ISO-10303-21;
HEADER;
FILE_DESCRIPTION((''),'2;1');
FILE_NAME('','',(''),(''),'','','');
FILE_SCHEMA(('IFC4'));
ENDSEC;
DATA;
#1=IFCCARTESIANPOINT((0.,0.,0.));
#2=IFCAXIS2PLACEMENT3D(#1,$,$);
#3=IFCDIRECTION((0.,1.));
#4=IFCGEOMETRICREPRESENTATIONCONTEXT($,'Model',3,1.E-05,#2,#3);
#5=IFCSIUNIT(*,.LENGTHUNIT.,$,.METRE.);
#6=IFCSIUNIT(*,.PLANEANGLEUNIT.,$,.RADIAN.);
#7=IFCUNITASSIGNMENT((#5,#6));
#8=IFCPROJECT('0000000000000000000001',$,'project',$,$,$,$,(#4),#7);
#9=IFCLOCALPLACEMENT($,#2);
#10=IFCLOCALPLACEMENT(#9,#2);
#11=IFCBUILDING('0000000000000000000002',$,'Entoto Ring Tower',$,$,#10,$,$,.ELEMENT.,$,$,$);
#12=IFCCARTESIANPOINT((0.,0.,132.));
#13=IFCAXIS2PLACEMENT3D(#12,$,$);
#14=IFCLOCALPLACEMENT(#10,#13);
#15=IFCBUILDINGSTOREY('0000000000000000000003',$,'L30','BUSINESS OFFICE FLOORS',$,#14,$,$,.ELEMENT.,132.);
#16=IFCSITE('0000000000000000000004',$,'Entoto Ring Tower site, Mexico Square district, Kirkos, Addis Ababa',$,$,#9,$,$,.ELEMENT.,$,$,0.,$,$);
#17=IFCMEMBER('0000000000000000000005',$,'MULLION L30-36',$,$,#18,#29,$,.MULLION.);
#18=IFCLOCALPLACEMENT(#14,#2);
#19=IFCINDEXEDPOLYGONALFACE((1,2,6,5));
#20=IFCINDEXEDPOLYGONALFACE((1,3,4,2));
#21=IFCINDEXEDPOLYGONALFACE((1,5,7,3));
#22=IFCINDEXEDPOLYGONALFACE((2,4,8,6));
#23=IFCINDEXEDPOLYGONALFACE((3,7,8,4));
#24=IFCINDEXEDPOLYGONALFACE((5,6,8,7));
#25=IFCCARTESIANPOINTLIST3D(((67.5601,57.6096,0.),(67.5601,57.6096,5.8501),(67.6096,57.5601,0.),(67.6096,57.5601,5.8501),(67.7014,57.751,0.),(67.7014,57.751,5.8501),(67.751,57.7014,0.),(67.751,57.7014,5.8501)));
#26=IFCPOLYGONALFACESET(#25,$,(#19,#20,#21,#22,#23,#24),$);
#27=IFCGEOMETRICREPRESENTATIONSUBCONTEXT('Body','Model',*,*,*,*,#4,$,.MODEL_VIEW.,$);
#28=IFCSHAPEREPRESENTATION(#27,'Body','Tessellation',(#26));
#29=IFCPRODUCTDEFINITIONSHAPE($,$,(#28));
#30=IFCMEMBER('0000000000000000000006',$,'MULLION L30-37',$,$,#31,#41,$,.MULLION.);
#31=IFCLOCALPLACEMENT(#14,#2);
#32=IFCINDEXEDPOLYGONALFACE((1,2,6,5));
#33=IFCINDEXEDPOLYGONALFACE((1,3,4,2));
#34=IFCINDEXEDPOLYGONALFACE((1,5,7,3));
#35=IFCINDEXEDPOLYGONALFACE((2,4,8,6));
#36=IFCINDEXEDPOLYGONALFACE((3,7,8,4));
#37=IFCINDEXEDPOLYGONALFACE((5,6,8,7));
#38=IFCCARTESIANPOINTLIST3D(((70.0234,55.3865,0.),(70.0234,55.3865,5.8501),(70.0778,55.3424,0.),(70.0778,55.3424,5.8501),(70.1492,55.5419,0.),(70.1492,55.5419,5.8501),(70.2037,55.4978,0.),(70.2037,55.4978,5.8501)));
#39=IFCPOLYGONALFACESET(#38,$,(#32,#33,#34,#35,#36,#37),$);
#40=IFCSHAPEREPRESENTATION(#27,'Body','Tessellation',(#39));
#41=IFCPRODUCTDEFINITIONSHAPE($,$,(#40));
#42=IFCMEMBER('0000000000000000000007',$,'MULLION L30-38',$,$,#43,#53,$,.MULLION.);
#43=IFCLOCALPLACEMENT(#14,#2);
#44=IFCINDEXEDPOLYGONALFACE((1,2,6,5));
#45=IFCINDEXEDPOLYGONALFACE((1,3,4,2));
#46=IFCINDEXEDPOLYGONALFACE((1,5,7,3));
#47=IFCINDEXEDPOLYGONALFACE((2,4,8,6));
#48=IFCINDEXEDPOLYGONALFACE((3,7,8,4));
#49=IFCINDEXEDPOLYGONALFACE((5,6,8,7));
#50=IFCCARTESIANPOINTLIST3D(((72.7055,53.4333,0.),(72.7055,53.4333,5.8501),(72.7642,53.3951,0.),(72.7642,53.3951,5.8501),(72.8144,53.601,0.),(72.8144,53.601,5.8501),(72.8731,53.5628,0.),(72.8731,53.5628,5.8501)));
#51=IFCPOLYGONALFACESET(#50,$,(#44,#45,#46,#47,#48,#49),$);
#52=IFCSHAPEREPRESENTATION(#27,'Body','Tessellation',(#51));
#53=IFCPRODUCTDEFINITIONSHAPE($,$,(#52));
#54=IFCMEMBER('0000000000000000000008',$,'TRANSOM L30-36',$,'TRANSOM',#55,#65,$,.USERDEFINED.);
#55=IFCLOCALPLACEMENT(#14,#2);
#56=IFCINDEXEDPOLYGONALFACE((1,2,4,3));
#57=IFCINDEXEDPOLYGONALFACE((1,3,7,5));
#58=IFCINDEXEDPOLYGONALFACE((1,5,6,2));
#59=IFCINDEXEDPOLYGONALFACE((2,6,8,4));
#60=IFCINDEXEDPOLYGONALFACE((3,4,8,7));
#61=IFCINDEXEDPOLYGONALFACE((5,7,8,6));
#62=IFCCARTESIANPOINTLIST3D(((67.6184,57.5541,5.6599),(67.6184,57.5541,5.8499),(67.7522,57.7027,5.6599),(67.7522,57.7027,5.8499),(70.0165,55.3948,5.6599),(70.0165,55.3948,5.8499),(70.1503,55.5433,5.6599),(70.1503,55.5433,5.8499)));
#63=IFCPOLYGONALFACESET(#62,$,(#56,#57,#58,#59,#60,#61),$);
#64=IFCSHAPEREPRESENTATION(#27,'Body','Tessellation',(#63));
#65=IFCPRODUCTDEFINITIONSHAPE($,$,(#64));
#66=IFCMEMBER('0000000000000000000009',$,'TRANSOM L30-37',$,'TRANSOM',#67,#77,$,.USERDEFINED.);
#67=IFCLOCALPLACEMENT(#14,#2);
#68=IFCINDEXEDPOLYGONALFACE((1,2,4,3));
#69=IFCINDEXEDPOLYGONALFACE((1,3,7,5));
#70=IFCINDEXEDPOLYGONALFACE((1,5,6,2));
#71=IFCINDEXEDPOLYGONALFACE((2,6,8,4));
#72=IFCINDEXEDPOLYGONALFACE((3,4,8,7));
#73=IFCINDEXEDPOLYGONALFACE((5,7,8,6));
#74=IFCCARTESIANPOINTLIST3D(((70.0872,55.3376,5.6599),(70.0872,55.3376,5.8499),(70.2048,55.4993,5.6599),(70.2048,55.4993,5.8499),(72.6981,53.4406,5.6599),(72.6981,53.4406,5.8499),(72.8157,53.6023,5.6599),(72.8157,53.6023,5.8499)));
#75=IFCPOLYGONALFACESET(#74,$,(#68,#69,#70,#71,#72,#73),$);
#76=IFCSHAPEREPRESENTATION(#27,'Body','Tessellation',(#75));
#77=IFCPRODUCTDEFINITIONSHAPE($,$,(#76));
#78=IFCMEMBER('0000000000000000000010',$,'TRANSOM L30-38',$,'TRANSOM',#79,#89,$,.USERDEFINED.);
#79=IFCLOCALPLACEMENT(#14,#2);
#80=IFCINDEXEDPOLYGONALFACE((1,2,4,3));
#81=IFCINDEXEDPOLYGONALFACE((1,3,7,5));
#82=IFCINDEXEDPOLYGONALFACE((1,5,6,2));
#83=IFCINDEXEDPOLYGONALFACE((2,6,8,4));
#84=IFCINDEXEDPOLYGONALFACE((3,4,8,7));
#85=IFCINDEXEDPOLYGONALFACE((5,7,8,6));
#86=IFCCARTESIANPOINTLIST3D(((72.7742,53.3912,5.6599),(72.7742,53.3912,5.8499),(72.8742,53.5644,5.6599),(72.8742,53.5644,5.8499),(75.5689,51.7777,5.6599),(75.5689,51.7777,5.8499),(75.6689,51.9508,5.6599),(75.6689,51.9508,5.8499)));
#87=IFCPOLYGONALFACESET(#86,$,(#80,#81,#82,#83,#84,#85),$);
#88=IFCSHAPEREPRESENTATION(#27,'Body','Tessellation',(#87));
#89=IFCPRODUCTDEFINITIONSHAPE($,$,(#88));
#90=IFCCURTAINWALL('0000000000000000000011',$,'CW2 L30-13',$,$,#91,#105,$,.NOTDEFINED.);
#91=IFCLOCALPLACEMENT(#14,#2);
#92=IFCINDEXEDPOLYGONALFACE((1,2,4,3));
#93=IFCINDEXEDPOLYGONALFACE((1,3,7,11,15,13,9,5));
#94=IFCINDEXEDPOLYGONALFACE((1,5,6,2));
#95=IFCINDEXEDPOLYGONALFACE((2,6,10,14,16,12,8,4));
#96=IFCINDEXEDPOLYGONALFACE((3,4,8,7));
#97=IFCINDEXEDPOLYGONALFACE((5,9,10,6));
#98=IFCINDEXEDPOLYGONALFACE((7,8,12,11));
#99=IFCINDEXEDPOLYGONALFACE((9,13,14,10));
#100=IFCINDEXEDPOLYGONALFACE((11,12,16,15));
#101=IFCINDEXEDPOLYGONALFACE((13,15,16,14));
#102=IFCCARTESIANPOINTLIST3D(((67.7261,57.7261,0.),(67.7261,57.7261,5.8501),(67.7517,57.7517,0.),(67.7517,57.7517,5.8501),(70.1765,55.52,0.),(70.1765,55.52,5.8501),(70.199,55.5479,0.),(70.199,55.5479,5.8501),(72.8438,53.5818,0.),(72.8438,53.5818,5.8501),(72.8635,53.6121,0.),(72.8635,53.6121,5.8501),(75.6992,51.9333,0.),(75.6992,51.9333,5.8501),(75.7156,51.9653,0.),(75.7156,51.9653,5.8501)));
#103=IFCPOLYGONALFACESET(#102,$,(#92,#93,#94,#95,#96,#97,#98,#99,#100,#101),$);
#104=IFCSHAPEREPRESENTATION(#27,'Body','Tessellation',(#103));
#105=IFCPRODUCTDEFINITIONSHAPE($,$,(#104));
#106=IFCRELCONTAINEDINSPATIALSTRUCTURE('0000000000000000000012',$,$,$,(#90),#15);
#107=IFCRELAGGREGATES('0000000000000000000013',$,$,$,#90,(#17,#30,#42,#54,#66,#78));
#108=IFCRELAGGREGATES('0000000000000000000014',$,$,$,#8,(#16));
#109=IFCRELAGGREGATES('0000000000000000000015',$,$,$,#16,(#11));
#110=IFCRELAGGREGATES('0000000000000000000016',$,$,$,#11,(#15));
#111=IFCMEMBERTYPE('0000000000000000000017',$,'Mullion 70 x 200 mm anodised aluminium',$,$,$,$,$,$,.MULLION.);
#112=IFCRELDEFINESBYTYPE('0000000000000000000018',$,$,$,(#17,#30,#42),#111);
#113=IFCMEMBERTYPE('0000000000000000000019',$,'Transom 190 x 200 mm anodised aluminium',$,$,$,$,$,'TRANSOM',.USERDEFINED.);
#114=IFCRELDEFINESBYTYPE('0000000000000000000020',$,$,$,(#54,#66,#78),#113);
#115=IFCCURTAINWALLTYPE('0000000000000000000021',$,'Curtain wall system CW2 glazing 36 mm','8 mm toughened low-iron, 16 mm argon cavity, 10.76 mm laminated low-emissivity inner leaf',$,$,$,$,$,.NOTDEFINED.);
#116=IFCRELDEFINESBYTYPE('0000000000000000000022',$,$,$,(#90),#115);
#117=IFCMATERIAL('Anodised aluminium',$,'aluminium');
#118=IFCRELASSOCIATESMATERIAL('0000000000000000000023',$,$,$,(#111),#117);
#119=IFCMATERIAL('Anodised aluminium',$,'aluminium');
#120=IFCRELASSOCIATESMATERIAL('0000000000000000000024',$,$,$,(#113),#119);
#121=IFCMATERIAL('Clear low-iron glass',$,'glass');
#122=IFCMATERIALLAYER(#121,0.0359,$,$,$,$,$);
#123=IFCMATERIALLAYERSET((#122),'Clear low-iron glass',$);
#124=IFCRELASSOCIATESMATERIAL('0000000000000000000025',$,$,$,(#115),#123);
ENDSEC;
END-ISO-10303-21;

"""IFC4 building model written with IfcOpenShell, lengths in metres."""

from ifc_helpers import new_model, si_unit, direction, frame, origin, origin_2d, place, context, subcontext, project, spatial, polyline, rectangle, outline, extrude, material, layer, layer_set, material_profile, profile_set, type_object, element, aggregate, save


model = new_model("IFC4")

# Units and contexts
model_context = context("Model", 3, precision=1e-05, world=origin(), true_north=direction((0.0, 1.0)))
body_context = subcontext(model_context, "Body", "Model", "MODEL_VIEW")
ifc_project = project(units=[si_unit("LENGTHUNIT", "METRE"), si_unit("PLANEANGLEUNIT", "RADIAN")], contexts=[model_context])

# Members
ifc_material_1 = material(Name="Anodised aluminium", Category="aluminium")
ifc_material_profile_1 = material_profile(ifc_material_1, rectangle(XDim=0.0701, YDim=0.2, at=origin_2d()), Name="Mullion 70 x 200 mm anodised aluminium")
ifc_profile_set_1 = profile_set([ifc_material_profile_1], Name="Anodised aluminium")
member_type_1 = type_object("IfcMemberType", Name="Mullion 70 x 200 mm anodised aluminium", PredefinedType="MULLION", material=ifc_profile_set_1)
site_placement = place(None, origin())
building_placement = place(site_placement, origin())
storey_placement = place(building_placement, frame((0.0, 0.0, 132.0)))
member_1_placement = place(storey_placement, frame((67.6555, 57.6555, 0.0), z_axis=(0.0, 0.0, 1.0), x_axis=(0.707107, -0.707107, 0.0)))
member_1 = element("IfcMember", 1, at=member_1_placement, type_object=member_type_1, Name="MULLION L30-36", PredefinedType="MULLION", context=body_context, shape_type="SweptSolid", body=[
    extrude(rectangle(XDim=0.0701, YDim=0.2, at=origin_2d()), origin(), (0.0, 0.0, 1.0), 5.8501),
])
member_2_placement = place(storey_placement, frame((70.1135, 55.4421, 0.0), z_axis=(0.0, 0.0, 1.0), x_axis=(0.777146, -0.62932, 0.0)))
member_2 = element("IfcMember", 2, at=member_2_placement, type_object=member_type_1, Name="MULLION L30-37", PredefinedType="MULLION", context=body_context, shape_type="SweptSolid", body=[
    extrude(rectangle(XDim=0.0701, YDim=0.2, at=origin_2d()), origin(), (0.0, 0.0, 1.0), 5.8501),
])
member_3_placement = place(storey_placement, frame((72.7893, 53.498, 0.0), z_axis=(0.0, 0.0, 1.0), x_axis=(0.838671, -0.544639, 0.0)))
member_3 = element("IfcMember", 3, at=member_3_placement, type_object=member_type_1, Name="MULLION L30-38", PredefinedType="MULLION", context=body_context, shape_type="SweptSolid", body=[
    extrude(rectangle(XDim=0.0701, YDim=0.2, at=origin_2d()), origin(), (0.0, 0.0, 1.0), 5.8501),
])
ifc_material_2 = material(Name="Anodised aluminium", Category="aluminium")
ifc_material_profile_2 = material_profile(ifc_material_2, rectangle(XDim=0.2, YDim=0.1899, at=origin_2d()), Name="Transom 190 x 200 mm anodised aluminium")
ifc_profile_set_2 = profile_set([ifc_material_profile_2], Name="Anodised aluminium")
member_type_2 = type_object("IfcMemberType", Name="Transom 190 x 200 mm anodised aluminium", ElementType="TRANSOM", PredefinedType="USERDEFINED", material=ifc_profile_set_2)
member_4_placement = place(storey_placement, frame((67.6853, 57.6284, 5.7549), z_axis=(0.743132, -0.669144, 0.0), x_axis=(0.669144, 0.743132, 0.0)))
member_4 = element("IfcMember", 4, at=member_4_placement, type_object=member_type_2, Name="TRANSOM L30-36", ObjectType="TRANSOM", PredefinedType="USERDEFINED", context=body_context, shape_type="SweptSolid", body=[
    extrude(rectangle(XDim=0.2, YDim=0.1899, at=origin_2d()), origin(), (0.0, 0.0, 1.0), 3.2271),
])
member_5_placement = place(storey_placement, frame((70.146, 55.4185, 5.7549), z_axis=(0.809004, -0.587803, 0.0), x_axis=(0.587803, 0.809004, 0.0)))
member_5 = element("IfcMember", 5, at=member_5_placement, type_object=member_type_2, Name="TRANSOM L30-37", ObjectType="TRANSOM", PredefinedType="USERDEFINED", context=body_context, shape_type="SweptSolid", body=[
    extrude(rectangle(XDim=0.2, YDim=0.1899, at=origin_2d()), origin(), (0.0, 0.0, 1.0), 3.2273),
])
member_6_placement = place(storey_placement, frame((72.8242, 53.4778, 5.7549), z_axis=(0.866023, -0.500004, 0.0), x_axis=(0.500004, 0.866023, 0.0)))
member_6 = element("IfcMember", 6, at=member_6_placement, type_object=member_type_2, Name="TRANSOM L30-38", ObjectType="TRANSOM", PredefinedType="USERDEFINED", context=body_context, shape_type="SweptSolid", body=[
    extrude(rectangle(XDim=0.2, YDim=0.1899, at=origin_2d()), origin(), (0.0, 0.0, 1.0), 3.2271),
])

# Site, building, storey
site = spatial("IfcSite", under=ifc_project, at=site_placement, Name="Entoto Ring Tower site, Mexico Square district, Kirkos, Addis Ababa", CompositionType="ELEMENT", RefElevation=0.0)
building = spatial("IfcBuilding", under=site, at=building_placement, Name="Entoto Ring Tower", CompositionType="ELEMENT")
storey = spatial("IfcBuildingStorey", under=building, at=storey_placement, Name="L30", Description="BUSINESS OFFICE FLOORS", CompositionType="ELEMENT", Elevation=132.0)

# Curtain wall
ifc_material_3 = material(Name="Clear low-iron glass", Category="glass")
ifc_layer = layer(ifc_material_3, 0.0359)
ifc_layer_set = layer_set([ifc_layer], Name="Clear low-iron glass")
curtain_wall_type = type_object("IfcCurtainWallType", Name="Curtain wall system CW2 glazing 36 mm", Description="8 mm toughened low-iron, 16 mm argon cavity, 10.76 mm laminated low-emissivity inner leaf", PredefinedType="NOTDEFINED", material=ifc_layer_set)
curtain_wall_1_placement = place(storey_placement, origin())
curtain_wall_1 = element("IfcCurtainWall", 7, at=curtain_wall_1_placement, inside=storey, type_object=curtain_wall_type, Name="CW2 L30-13", PredefinedType="NOTDEFINED", context=body_context, shape_type="SweptSolid", body=[
    extrude(outline(polyline([(67.7261, 57.7261), (70.1765, 55.52), (72.8438, 53.5818), (75.6992, 51.9333), (75.7156, 51.9653), (72.8635, 53.6121), (70.199, 55.5479), (67.7517, 57.7517), (67.7261, 57.7261)])), origin(), (0.0, 0.0, 1.0), 5.8501),
])
aggregate(curtain_wall_1, [member_1, member_2, member_3, member_4, member_5, member_6])

save(model, "model.ifc")
